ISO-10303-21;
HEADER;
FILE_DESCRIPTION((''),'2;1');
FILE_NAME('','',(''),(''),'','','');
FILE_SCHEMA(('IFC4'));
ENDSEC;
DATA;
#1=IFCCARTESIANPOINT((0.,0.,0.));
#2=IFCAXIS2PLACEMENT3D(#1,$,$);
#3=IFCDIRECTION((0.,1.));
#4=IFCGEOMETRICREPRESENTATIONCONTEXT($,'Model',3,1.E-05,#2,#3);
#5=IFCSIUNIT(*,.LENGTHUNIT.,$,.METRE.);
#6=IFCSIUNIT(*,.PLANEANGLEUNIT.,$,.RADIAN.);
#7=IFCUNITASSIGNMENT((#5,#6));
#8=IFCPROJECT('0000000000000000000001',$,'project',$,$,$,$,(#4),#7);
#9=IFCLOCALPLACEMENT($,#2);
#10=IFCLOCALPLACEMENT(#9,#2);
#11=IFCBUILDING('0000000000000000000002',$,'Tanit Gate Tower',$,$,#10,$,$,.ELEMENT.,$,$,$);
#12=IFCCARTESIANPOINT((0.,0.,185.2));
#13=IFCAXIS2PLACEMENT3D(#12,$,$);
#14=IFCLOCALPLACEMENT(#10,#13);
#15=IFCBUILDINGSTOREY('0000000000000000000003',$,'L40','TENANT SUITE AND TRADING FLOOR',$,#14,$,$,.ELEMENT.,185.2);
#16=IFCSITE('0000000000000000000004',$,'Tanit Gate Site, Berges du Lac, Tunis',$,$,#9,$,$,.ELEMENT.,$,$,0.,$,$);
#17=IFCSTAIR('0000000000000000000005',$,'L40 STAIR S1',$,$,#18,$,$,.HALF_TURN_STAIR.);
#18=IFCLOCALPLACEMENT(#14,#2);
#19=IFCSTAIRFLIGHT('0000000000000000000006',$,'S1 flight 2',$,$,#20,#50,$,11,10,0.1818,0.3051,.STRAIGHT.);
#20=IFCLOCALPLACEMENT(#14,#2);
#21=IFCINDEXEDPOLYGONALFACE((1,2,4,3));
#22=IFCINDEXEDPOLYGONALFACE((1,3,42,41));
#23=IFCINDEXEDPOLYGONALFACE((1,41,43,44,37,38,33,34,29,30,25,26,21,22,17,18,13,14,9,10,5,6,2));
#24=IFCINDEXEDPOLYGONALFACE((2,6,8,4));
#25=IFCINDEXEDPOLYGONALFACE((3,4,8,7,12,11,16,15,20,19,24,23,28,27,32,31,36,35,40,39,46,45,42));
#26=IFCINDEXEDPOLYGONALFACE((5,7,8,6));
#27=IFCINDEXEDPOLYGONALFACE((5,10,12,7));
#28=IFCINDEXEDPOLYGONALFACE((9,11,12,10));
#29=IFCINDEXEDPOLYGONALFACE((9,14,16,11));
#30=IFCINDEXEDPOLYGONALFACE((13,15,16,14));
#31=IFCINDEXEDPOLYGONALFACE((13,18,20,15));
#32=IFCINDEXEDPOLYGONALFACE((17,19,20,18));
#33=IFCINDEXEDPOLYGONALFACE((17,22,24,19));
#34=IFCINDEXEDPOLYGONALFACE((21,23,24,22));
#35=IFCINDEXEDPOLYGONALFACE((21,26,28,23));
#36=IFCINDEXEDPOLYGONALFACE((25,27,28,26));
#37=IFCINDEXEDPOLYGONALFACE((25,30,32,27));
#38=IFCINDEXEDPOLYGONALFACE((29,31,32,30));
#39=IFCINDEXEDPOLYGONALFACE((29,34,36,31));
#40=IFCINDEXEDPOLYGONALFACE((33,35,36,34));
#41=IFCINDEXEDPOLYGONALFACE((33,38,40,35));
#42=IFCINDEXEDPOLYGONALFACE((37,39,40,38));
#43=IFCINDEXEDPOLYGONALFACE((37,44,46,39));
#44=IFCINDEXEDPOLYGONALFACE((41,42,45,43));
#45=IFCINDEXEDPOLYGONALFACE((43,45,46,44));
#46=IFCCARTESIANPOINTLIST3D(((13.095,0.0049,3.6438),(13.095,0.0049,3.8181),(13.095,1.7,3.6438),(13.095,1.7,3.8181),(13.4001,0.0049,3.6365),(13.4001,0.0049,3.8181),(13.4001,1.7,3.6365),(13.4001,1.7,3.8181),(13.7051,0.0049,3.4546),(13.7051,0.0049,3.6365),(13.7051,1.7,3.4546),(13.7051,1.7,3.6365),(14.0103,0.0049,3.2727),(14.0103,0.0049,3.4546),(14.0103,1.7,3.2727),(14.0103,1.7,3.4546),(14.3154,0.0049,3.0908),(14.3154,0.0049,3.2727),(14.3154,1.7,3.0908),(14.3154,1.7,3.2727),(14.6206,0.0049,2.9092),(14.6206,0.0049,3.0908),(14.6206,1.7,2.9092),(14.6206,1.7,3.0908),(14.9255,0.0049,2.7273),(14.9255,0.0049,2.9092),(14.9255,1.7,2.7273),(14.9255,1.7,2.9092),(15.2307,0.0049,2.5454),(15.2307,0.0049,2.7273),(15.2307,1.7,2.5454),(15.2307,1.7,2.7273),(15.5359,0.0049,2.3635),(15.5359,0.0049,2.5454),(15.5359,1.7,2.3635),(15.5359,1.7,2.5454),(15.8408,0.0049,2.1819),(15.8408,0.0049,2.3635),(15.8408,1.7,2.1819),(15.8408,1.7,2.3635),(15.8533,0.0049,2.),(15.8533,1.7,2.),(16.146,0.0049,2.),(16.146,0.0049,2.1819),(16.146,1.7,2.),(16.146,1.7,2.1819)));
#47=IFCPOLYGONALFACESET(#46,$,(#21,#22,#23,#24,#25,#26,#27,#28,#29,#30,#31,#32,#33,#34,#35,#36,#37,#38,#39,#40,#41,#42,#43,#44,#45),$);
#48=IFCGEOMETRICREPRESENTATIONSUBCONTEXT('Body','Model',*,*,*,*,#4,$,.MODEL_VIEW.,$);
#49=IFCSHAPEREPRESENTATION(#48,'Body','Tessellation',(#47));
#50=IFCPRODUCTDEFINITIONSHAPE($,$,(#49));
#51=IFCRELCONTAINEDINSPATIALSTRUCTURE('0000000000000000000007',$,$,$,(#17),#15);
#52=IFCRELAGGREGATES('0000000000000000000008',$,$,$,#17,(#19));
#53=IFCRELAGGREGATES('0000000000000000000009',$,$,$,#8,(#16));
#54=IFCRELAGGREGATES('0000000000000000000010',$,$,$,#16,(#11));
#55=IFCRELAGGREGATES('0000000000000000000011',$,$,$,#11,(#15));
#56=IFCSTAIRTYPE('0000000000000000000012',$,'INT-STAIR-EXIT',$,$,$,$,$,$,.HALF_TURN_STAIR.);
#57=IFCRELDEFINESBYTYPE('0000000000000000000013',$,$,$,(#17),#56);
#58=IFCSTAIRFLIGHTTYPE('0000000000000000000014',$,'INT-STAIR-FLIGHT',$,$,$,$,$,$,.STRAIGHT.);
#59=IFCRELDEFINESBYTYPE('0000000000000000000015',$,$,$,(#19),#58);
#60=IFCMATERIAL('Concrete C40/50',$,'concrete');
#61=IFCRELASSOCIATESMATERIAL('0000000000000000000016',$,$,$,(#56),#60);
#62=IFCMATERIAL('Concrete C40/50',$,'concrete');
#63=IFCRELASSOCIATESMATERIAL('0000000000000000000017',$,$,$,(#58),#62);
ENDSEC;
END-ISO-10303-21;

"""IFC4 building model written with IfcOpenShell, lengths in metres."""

from ifc_helpers import new_model, si_unit, direction, frame, origin, place, context, subcontext, project, spatial, polyline, outline, extrude, material, type_object, element, aggregate, save


model = new_model("IFC4")

# Units and contexts
model_context = context("Model", 3, precision=1e-05, world=origin(), true_north=direction((0.0, 1.0)))
body_context = subcontext(model_context, "Body", "Model", "MODEL_VIEW")
ifc_project = project(units=[si_unit("LENGTHUNIT", "METRE"), si_unit("PLANEANGLEUNIT", "RADIAN")], contexts=[model_context])

# Site, building, storey
site_placement = place(None, origin())
site = spatial("IfcSite", under=ifc_project, at=site_placement, Name="Tanit Gate Site, Berges du Lac, Tunis", CompositionType="ELEMENT", RefElevation=0.0)
building_placement = place(site_placement, origin())
building = spatial("IfcBuilding", under=site, at=building_placement, Name="Tanit Gate Tower", CompositionType="ELEMENT")
storey_placement = place(building_placement, frame((0.0, 0.0, 185.2)))
storey = spatial("IfcBuildingStorey", under=building, at=storey_placement, Name="L40", Description="TENANT SUITE AND TRADING FLOOR", CompositionType="ELEMENT", Elevation=185.2)

# Stair, stair flight
ifc_material_1 = material(Name="Concrete C40/50", Category="concrete")
stair_type = type_object("IfcStairType", Name="INT-STAIR-EXIT", PredefinedType="HALF_TURN_STAIR", material=ifc_material_1)
stair_placement = place(storey_placement, origin())
stair = element("IfcStair", 1, at=stair_placement, inside=storey, type_object=stair_type, Name="L40 STAIR S1", PredefinedType="HALF_TURN_STAIR")
ifc_material_2 = material(Name="Concrete C40/50", Category="concrete")
stair_flight_type = type_object("IfcStairFlightType", Name="INT-STAIR-FLIGHT", PredefinedType="STRAIGHT", material=ifc_material_2)
stair_flight_placement = place(storey_placement, frame((16.146, 0.8525, 2.0), z_axis=(0.0, 0.0, 1.0), x_axis=(-1.0, 0.0, 0.0)))
stair_flight = element("IfcStairFlight", 2, at=stair_flight_placement, type_object=stair_flight_type, Name="S1 flight 2", NumberOfRisers=11, NumberOfTreads=10, PredefinedType="STRAIGHT", RiserHeight=0.1818, TreadLength=0.3051, context=body_context, shape_type="SweptSolid", body=[
    extrude(outline(polyline([(0.0, 0.0), (0.0, 0.1819), (0.3052, 0.1819), (0.3052, 0.3635), (0.6101, 0.3635), (0.6101, 0.5454), (0.9153, 0.5454), (0.9153, 0.7273), (1.2205, 0.7273), (1.2205, 0.9092), (1.5254, 0.9092), (1.5254, 1.0908), (1.8306, 1.0908), (1.8306, 1.2727), (2.1357, 1.2727), (2.1357, 1.4546), (2.4409, 1.4546), (2.4409, 1.6365), (2.7458, 1.6365), (2.7458, 1.8181), (3.051, 1.8181), (3.051, 2.0), (3.051, 1.6438), (0.2927, 0.0), (0.0, 0.0)])), frame((0.0, 0.8477, 0.0), z_axis=(0.0, -1.0, 0.0), x_axis=(1.0, 0.0, 0.0)), (0.0, 0.0, 1.0), 1.6951),
])
aggregate(stair, [stair_flight])

save(model, "model.ifc")
